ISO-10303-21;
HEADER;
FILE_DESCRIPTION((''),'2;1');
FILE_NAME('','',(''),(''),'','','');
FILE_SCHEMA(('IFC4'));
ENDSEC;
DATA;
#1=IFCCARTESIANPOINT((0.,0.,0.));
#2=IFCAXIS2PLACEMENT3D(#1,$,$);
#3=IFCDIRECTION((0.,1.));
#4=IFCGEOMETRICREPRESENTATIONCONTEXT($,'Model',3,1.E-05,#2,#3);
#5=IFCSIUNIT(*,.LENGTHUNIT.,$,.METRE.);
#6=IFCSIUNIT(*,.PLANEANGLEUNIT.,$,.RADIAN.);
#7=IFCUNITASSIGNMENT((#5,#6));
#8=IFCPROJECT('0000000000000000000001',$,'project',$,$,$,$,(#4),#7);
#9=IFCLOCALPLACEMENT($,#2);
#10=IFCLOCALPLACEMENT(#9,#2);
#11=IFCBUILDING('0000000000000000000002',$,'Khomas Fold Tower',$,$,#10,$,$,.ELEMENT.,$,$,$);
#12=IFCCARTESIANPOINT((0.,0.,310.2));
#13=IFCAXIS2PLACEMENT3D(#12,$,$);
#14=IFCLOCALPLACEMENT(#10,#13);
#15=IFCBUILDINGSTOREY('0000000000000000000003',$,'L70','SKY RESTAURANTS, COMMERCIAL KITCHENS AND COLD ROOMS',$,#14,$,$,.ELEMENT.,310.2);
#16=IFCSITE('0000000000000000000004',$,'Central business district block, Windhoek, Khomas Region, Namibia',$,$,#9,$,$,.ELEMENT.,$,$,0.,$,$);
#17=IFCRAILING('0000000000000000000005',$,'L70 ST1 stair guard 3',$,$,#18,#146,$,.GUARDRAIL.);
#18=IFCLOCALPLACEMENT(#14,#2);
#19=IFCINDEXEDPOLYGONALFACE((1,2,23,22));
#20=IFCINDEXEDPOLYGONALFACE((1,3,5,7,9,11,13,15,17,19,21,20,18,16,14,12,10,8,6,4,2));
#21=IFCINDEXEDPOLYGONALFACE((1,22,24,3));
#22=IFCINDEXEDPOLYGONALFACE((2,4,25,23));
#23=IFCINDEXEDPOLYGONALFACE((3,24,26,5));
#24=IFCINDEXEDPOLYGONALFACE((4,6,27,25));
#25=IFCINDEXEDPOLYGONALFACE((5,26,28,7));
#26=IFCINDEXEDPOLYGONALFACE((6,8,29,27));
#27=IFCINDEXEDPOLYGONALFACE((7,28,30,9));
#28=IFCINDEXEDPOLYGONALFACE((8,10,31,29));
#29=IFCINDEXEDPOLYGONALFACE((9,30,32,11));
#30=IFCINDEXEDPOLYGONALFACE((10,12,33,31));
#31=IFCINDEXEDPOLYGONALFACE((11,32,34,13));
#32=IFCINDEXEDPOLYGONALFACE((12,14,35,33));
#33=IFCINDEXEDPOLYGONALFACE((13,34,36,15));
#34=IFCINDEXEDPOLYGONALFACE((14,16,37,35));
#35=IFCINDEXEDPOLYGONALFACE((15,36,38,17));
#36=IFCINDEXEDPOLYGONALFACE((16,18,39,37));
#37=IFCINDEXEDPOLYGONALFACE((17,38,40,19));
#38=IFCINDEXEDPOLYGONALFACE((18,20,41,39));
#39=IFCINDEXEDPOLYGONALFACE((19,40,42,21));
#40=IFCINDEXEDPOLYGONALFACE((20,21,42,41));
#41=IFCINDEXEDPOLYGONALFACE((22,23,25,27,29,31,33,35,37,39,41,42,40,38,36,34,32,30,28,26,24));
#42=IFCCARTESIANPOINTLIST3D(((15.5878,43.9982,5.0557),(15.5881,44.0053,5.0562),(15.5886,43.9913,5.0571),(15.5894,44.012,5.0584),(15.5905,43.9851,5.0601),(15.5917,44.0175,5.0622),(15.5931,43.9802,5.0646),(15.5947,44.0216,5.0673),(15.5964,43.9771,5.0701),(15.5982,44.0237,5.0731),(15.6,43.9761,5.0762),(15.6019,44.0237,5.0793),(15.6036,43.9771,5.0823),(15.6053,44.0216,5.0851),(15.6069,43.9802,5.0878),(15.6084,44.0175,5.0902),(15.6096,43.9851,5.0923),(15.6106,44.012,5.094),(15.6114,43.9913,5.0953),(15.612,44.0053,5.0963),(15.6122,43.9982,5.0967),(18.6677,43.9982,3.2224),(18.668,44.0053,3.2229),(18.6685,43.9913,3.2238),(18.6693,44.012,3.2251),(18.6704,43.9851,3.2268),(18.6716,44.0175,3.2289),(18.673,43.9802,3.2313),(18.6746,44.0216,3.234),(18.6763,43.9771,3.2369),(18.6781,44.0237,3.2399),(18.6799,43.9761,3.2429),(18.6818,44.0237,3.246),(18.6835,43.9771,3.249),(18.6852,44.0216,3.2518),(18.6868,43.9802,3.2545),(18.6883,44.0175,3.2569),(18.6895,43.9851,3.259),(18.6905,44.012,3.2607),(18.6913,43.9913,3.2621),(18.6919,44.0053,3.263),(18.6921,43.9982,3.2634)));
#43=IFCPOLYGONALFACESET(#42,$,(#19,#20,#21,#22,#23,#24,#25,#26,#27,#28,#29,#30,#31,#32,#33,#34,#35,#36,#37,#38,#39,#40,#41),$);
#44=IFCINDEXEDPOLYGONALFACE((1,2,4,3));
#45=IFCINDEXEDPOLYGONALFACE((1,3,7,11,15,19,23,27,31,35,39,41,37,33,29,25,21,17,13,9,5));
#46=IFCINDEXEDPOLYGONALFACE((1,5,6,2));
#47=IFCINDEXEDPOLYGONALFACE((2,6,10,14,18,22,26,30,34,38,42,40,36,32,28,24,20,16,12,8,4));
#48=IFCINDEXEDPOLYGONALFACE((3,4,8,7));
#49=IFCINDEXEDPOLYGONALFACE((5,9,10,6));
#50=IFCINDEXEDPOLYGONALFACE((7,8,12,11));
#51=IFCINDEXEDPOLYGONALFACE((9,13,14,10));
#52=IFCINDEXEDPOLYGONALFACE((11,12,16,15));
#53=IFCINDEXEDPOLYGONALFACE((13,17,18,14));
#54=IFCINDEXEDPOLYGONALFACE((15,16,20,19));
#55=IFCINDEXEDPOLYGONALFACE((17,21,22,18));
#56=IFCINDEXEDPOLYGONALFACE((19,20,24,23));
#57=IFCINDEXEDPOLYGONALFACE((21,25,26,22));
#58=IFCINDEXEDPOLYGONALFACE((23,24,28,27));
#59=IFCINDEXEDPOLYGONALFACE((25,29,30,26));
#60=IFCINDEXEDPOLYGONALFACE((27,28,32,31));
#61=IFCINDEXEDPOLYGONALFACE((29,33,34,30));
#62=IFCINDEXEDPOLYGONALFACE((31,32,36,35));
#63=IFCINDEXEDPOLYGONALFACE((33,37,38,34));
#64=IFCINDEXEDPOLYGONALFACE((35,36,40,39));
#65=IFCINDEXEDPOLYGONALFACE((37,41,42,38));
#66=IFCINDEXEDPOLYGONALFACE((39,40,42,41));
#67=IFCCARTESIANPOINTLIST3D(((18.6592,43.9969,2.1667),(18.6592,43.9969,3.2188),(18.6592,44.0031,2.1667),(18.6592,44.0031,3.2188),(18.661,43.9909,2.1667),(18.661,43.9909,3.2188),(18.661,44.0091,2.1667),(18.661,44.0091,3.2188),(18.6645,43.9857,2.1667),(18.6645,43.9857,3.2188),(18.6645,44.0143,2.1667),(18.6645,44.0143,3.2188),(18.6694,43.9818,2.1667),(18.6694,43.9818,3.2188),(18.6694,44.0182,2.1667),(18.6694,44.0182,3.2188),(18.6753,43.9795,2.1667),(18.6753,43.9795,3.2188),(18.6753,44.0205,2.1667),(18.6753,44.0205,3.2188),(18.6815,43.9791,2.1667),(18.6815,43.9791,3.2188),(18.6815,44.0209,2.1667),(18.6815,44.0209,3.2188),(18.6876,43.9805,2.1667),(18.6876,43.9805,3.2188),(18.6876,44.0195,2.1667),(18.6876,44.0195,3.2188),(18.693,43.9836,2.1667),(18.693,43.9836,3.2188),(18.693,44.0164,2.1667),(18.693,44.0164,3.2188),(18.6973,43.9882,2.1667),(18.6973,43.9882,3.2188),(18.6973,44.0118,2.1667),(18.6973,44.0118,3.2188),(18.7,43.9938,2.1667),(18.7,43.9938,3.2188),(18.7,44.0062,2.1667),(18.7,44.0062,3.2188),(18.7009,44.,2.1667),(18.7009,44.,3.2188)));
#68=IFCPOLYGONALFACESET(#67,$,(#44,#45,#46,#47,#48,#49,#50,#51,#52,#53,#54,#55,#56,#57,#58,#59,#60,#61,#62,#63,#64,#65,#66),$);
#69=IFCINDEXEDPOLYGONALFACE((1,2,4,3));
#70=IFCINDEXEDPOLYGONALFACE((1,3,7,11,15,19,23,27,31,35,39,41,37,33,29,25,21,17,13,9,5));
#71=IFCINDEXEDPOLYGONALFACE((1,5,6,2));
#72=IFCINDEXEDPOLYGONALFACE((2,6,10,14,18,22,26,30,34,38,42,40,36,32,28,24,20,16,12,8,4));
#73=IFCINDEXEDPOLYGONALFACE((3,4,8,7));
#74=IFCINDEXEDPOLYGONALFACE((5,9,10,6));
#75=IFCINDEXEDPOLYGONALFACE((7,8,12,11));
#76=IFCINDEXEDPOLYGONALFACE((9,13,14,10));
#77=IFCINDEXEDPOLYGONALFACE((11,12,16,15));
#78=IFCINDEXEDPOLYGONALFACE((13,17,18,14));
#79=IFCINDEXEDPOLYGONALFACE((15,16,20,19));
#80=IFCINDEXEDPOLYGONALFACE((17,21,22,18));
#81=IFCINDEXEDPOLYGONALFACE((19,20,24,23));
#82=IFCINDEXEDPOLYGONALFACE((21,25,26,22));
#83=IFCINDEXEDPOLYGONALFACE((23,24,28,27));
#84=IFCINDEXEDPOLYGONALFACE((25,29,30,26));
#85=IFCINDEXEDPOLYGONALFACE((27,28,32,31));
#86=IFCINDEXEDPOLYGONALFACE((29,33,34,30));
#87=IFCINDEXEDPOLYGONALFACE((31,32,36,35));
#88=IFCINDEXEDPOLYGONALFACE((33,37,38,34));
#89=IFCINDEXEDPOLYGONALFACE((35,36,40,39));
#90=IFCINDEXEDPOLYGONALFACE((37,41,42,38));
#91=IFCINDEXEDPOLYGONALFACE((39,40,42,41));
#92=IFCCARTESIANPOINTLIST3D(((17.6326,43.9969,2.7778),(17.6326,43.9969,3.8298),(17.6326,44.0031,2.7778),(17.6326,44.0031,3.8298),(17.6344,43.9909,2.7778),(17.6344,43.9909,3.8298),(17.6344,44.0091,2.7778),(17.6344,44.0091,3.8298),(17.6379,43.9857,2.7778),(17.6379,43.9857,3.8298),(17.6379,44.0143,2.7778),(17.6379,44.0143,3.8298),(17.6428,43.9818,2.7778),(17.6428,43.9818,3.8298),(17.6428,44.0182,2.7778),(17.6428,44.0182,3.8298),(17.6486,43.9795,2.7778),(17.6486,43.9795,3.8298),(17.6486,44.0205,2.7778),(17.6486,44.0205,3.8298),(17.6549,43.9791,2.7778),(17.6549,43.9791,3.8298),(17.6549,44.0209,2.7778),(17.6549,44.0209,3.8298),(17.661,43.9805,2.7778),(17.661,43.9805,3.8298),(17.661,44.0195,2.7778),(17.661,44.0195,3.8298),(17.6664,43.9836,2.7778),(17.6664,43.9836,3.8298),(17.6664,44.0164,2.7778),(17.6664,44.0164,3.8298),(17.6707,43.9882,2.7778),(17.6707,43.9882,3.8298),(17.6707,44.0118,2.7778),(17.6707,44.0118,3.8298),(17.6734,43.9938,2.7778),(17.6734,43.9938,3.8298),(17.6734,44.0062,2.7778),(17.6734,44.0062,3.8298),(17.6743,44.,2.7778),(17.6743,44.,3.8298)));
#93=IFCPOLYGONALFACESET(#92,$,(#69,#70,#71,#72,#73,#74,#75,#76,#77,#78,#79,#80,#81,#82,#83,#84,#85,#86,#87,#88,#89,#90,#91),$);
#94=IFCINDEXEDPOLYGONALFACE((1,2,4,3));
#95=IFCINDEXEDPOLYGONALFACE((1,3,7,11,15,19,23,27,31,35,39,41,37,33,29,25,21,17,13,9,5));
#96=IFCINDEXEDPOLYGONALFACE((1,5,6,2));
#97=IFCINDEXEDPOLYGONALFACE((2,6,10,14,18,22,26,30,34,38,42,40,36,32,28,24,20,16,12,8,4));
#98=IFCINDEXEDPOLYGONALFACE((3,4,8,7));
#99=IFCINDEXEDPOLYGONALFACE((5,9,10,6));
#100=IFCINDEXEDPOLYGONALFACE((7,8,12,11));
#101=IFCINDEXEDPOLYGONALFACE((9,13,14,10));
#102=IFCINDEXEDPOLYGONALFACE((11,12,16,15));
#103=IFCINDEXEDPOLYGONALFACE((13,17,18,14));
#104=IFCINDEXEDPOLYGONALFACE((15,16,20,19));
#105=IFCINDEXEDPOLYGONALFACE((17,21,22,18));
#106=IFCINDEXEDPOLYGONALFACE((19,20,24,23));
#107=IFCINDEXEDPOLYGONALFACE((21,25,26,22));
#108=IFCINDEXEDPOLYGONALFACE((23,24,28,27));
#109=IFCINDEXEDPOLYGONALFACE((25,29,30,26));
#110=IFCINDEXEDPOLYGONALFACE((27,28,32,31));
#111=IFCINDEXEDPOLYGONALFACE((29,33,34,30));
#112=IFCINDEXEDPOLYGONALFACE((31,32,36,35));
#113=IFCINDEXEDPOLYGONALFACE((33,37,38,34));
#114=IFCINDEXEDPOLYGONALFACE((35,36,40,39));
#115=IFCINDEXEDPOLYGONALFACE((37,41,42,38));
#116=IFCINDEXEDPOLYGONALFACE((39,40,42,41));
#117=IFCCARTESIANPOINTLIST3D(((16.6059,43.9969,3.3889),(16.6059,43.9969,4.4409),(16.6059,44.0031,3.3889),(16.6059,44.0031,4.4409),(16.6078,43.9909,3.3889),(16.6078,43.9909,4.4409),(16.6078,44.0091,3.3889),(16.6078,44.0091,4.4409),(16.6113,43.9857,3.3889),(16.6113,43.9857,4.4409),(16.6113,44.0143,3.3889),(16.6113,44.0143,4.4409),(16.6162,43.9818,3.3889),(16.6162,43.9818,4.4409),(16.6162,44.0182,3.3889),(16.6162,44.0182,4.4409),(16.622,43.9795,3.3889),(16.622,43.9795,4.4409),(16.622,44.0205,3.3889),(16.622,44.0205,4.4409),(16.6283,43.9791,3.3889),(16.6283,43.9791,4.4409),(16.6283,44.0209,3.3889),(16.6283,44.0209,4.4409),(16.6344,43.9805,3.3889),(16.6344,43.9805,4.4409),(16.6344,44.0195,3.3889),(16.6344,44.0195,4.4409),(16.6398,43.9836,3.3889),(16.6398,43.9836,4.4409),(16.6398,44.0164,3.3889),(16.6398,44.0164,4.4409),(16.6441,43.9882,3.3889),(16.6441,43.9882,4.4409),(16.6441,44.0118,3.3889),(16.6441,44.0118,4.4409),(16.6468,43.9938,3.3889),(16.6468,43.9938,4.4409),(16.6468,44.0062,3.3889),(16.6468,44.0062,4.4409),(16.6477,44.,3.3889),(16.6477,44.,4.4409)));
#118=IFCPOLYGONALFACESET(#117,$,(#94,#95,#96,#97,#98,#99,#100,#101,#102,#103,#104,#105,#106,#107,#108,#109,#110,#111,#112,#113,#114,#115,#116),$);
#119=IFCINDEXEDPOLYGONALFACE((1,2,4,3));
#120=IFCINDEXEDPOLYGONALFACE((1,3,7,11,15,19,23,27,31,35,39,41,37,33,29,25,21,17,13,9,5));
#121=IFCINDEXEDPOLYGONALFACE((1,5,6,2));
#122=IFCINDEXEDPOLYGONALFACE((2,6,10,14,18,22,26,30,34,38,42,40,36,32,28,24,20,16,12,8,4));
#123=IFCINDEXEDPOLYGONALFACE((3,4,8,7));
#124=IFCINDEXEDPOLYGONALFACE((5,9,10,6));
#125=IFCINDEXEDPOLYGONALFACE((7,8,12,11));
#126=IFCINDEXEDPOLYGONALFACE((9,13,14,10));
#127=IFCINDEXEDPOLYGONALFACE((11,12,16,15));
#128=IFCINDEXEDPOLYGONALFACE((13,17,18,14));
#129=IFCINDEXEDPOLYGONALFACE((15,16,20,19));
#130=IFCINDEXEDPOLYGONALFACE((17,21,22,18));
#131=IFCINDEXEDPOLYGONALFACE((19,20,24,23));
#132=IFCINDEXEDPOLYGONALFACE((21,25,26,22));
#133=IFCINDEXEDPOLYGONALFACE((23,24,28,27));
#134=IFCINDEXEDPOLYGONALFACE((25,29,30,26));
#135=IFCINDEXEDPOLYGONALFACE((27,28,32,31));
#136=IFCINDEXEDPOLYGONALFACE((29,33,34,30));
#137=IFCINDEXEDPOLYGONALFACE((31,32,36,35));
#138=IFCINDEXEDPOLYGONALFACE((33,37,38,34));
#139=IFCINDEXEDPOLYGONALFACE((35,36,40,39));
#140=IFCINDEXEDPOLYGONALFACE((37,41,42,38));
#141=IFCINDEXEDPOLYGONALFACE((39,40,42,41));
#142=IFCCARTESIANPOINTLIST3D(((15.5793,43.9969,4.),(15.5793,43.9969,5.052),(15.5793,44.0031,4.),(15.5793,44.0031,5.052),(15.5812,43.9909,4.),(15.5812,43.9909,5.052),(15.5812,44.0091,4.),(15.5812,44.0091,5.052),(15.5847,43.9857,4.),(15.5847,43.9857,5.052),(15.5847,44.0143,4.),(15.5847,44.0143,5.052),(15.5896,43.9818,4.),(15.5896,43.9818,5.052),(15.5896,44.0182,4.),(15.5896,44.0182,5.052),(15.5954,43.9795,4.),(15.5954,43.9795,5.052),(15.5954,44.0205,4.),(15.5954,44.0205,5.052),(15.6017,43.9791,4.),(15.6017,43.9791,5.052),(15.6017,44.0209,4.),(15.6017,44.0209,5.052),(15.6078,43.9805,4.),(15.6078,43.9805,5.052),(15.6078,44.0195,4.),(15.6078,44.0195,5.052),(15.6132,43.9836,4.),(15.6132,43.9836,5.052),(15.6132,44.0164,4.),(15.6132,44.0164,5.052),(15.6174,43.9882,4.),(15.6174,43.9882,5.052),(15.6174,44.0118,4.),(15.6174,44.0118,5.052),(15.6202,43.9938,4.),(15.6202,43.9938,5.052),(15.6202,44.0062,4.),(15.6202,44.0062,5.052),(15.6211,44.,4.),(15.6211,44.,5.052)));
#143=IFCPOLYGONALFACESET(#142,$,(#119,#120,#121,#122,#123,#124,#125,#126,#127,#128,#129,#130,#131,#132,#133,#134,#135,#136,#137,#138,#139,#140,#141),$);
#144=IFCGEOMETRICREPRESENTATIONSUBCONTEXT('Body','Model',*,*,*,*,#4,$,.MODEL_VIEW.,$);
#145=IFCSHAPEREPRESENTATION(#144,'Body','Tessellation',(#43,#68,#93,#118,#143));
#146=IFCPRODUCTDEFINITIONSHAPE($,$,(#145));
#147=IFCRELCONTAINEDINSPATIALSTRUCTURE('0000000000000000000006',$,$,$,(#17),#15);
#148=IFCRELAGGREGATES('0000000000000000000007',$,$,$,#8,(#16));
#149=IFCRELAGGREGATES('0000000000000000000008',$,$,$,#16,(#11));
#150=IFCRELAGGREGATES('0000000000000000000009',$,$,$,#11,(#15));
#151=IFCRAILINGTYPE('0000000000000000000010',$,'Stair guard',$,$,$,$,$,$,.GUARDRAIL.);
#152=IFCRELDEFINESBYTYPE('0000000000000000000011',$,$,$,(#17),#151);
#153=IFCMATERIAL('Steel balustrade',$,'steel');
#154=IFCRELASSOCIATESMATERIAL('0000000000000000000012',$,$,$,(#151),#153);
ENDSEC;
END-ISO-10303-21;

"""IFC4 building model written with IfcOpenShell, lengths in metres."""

from ifc_helpers import new_model, si_unit, direction, frame, origin, origin_2d, place, context, subcontext, project, spatial, circle, extrude, source, transform, mapped, material, type_object, element, save


model = new_model("IFC4")

# Units and contexts
model_context = context("Model", 3, precision=1e-05, world=origin(), true_north=direction((0.0, 1.0)))
body_context = subcontext(model_context, "Body", "Model", "MODEL_VIEW")
ifc_project = project(units=[si_unit("LENGTHUNIT", "METRE"), si_unit("PLANEANGLEUNIT", "RADIAN")], contexts=[model_context])

# Site, building, storey
site_placement = place(None, origin())
site = spatial("IfcSite", under=ifc_project, at=site_placement, Name="Central business district block, Windhoek, Khomas Region, Namibia", CompositionType="ELEMENT", RefElevation=0.0)
building_placement = place(site_placement, origin())
building = spatial("IfcBuilding", under=site, at=building_placement, Name="Khomas Fold Tower", CompositionType="ELEMENT")
storey_placement = place(building_placement, frame((0.0, 0.0, 310.2)))
storey = spatial("IfcBuildingStorey", under=building, at=storey_placement, Name="L70", Description="SKY RESTAURANTS, COMMERCIAL KITCHENS AND COLD ROOMS", CompositionType="ELEMENT", Elevation=310.2)

# Railing
ifc_material_1 = material(Name="Steel balustrade", Category="steel")
railing_type_1 = type_object("IfcRailingType", Name="Stair guard", PredefinedType="GUARDRAIL", material=ifc_material_1)
shared_shape_1 = source(origin(), body_context, "Body", "SweptSolid", [
    extrude(circle(Radius=0.0239, at=origin_2d()), frame((0.0, 0.0, 1.0762), z_axis=(-0.859291, 0.0, 0.511487), x_axis=(0.0, -1.0, 0.0)), (0.0, 0.0, 1.0), 3.5842),
    extrude(circle(Radius=0.021, at=origin_2d()), origin(), (0.0, 0.0, 1.0), 1.052),
    extrude(circle(Radius=0.021, at=origin_2d()), frame((-1.0266, 0.0, 0.6111)), (0.0, 0.0, 1.0), 1.052),
    extrude(circle(Radius=0.021, at=origin_2d()), frame((-2.0532, 0.0, 1.2222)), (0.0, 0.0, 1.0), 1.052),
    extrude(circle(Radius=0.021, at=origin_2d()), frame((-3.0798, 0.0, 1.8333)), (0.0, 0.0, 1.0), 1.052),
])
railing_1_placement = place(storey_placement, frame((18.6799, 44.0, 2.1667)))
element("IfcRailing", 1, at=railing_1_placement, inside=storey, type_object=railing_type_1, Name="L70 ST1 stair guard 3", PredefinedType="GUARDRAIL", context=body_context, shape_type="MappedRepresentation", body=[
    mapped(shared_shape_1, transform((0.0, 0.0, 0.0))),
])

save(model, "model.ifc")
